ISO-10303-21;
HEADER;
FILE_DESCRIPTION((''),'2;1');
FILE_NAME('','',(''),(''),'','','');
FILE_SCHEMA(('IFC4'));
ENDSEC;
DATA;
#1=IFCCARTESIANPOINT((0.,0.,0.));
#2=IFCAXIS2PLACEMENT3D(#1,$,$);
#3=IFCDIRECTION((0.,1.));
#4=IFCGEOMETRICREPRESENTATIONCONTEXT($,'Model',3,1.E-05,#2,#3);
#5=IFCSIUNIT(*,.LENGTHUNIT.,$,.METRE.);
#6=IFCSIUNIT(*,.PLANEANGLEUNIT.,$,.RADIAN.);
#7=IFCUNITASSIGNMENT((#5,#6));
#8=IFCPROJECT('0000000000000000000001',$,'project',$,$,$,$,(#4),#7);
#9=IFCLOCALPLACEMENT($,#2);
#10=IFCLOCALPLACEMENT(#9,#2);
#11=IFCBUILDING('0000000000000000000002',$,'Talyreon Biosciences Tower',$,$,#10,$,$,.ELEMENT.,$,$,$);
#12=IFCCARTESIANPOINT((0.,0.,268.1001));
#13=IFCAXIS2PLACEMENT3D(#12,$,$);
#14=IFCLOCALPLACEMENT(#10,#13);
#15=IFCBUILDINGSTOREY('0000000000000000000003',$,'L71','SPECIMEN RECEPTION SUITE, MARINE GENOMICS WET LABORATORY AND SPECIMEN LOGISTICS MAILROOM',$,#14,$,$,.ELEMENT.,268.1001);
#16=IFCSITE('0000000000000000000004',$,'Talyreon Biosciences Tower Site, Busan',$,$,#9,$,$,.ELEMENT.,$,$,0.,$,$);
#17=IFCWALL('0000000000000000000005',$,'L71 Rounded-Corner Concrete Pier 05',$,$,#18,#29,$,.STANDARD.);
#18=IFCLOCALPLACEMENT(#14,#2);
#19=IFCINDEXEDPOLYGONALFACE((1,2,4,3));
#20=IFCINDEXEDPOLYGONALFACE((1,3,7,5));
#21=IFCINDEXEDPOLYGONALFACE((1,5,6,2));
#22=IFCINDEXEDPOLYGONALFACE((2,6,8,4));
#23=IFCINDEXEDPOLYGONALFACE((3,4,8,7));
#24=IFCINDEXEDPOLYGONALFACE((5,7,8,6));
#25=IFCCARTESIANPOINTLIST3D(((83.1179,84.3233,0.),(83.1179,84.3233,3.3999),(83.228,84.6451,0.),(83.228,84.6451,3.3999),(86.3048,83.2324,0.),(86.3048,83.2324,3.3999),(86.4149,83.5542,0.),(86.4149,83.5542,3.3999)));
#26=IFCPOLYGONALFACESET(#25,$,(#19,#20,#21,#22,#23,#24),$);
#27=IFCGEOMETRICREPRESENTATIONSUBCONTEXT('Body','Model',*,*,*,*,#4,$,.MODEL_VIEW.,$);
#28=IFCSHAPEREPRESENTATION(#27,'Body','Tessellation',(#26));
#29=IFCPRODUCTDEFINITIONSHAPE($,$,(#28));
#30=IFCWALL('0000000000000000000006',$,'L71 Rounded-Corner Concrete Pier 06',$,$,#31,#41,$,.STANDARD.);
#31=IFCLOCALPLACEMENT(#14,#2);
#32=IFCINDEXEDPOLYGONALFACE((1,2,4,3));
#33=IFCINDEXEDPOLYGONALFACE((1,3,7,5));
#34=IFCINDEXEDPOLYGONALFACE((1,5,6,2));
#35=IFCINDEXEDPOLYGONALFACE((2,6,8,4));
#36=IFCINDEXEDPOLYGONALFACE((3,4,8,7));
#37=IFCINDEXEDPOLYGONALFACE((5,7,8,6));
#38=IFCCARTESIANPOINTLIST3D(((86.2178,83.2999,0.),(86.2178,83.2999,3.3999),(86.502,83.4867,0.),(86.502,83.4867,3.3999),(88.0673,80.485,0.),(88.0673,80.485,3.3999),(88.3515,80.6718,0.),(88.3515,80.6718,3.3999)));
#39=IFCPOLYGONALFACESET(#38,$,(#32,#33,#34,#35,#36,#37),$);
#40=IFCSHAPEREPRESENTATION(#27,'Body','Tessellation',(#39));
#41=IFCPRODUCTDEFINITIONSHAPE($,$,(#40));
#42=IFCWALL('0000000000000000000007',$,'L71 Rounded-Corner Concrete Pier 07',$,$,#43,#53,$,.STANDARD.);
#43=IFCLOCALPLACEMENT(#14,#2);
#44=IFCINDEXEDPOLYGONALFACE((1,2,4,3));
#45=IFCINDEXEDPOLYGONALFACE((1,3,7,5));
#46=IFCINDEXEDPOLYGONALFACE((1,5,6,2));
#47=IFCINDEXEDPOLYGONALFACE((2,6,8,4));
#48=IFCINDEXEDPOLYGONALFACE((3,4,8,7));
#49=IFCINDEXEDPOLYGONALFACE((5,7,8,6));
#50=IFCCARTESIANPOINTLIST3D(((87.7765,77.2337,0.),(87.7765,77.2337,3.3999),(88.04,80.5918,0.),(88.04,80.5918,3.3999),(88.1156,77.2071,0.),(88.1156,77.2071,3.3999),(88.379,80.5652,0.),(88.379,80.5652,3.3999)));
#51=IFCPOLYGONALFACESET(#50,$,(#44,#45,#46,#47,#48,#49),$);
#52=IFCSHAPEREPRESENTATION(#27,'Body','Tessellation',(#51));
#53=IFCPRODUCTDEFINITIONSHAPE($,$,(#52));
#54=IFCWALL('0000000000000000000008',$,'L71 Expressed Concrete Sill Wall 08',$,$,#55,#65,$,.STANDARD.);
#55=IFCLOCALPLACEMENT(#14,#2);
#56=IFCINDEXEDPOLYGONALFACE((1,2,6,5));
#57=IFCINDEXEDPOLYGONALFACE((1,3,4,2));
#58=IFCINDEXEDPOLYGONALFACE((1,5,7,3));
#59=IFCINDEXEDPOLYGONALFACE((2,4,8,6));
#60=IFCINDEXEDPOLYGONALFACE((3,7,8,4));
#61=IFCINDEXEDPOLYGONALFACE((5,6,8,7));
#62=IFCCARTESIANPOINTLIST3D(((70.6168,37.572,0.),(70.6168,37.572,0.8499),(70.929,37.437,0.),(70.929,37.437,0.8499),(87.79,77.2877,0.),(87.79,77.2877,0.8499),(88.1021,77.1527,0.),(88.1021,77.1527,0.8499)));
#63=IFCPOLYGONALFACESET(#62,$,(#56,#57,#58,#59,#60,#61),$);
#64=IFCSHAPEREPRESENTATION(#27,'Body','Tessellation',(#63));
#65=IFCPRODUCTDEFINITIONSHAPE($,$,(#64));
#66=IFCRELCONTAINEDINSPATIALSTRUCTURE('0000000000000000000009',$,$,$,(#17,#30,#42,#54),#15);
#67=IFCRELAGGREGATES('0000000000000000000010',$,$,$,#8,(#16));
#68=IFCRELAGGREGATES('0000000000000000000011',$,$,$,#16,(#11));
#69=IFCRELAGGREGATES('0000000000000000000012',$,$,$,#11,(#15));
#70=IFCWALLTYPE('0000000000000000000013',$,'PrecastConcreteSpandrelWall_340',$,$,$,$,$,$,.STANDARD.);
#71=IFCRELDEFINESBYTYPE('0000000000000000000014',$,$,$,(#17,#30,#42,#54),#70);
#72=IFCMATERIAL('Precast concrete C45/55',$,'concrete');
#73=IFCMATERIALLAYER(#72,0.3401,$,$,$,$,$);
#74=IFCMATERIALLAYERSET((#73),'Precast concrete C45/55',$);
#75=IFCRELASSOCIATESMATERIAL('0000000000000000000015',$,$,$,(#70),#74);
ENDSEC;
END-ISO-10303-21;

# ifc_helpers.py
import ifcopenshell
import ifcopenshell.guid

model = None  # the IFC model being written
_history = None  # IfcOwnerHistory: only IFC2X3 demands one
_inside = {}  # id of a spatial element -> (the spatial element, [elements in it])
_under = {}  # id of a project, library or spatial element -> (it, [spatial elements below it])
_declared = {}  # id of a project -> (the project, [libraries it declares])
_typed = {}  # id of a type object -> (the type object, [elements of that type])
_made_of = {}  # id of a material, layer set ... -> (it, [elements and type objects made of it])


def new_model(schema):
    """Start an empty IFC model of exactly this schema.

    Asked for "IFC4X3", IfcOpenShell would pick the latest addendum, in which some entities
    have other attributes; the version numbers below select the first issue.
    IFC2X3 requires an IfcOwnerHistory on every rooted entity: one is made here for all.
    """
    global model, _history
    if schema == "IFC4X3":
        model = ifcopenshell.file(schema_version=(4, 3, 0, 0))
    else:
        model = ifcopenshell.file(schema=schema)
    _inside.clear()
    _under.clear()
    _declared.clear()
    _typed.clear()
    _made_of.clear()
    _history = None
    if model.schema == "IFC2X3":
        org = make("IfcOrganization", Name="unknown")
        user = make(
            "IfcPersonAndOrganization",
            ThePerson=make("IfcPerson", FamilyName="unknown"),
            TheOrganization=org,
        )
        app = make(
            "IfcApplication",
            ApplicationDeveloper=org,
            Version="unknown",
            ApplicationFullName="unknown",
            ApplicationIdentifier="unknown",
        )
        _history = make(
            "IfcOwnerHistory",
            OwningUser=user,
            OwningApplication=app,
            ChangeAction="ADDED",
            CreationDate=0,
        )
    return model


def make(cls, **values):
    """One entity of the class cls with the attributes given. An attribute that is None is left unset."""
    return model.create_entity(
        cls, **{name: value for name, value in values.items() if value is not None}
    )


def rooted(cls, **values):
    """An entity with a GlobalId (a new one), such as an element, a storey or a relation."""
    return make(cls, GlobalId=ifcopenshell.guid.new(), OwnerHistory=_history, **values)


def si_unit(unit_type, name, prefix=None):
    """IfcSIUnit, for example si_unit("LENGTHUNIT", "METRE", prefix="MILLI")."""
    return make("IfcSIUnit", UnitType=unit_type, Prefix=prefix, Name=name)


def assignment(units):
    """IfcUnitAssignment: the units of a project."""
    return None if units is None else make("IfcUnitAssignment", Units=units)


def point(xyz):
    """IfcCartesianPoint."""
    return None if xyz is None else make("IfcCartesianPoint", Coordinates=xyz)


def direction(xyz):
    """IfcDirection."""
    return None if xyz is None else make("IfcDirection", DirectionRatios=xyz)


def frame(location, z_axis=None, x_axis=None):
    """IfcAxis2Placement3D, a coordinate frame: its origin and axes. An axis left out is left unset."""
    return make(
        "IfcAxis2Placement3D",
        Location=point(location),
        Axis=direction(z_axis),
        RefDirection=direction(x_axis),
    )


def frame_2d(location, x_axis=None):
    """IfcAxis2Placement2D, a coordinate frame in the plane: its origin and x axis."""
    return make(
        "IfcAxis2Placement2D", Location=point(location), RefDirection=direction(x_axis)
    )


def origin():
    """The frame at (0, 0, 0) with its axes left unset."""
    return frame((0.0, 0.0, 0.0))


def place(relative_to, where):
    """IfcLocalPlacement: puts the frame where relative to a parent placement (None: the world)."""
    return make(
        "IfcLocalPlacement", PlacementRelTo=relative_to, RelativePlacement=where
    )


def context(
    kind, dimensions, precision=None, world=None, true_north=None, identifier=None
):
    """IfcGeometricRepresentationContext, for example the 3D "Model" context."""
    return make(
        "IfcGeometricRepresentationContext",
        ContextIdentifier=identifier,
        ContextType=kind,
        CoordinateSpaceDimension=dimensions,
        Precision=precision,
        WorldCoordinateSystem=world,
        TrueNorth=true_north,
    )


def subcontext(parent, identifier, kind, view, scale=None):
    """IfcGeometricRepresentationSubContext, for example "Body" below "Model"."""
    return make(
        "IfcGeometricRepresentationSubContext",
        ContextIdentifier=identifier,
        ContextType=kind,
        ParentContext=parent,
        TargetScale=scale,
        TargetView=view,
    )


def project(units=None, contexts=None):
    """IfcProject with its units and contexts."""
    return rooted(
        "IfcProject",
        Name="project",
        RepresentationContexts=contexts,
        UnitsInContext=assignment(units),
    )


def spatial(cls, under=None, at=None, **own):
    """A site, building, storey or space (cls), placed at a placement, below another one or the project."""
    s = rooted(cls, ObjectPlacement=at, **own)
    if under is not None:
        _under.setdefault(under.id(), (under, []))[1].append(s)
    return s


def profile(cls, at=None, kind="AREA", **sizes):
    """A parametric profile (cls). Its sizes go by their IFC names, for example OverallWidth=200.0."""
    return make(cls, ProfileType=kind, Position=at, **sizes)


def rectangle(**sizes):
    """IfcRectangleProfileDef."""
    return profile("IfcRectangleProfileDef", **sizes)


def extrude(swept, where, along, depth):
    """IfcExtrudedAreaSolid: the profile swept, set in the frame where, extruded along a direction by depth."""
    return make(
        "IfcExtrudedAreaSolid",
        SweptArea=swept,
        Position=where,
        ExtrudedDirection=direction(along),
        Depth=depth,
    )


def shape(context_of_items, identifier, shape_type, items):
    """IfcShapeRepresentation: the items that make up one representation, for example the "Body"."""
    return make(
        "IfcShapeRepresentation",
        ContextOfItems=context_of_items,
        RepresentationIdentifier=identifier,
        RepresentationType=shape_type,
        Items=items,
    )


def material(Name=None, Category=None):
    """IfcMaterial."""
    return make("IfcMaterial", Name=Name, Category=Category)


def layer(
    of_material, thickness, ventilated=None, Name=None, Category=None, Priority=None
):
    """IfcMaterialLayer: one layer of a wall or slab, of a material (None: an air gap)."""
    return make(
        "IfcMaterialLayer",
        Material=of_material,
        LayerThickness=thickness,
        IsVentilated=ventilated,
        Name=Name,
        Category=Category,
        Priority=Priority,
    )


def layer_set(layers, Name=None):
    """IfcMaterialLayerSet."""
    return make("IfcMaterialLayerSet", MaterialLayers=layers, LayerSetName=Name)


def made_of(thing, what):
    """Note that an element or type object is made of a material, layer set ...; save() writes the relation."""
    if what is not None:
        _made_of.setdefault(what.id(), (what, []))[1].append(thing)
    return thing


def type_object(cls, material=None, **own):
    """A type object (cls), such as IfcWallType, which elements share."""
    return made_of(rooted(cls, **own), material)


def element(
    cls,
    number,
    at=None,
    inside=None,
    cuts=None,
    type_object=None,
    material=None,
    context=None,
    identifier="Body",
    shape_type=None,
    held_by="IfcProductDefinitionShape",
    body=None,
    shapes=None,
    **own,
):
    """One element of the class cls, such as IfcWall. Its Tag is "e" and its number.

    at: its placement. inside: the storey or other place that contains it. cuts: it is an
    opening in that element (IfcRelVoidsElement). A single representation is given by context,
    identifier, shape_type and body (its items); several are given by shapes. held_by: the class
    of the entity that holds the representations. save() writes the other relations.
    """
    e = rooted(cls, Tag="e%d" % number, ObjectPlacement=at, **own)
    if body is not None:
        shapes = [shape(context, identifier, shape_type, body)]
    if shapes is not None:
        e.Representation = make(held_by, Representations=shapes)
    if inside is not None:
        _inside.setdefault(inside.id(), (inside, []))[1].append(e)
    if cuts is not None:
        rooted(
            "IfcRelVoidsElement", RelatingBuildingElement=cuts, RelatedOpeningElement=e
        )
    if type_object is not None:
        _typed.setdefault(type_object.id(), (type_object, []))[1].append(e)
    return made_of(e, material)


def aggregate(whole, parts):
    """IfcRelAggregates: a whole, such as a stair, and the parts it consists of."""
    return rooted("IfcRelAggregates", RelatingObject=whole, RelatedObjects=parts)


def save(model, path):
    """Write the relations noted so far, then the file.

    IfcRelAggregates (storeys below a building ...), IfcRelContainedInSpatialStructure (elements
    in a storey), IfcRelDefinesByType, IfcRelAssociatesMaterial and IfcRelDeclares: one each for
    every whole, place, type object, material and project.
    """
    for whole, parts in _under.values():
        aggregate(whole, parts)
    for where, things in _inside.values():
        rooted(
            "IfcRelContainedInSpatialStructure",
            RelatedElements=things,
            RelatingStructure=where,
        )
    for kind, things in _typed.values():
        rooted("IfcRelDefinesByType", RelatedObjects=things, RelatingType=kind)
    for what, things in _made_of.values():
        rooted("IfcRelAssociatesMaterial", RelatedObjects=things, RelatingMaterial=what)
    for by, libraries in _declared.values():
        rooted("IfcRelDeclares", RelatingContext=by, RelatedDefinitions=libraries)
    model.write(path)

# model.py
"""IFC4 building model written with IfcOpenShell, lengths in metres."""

from ifc_helpers import new_model, si_unit, direction, frame, frame_2d, origin, place, context, subcontext, project, spatial, rectangle, extrude, material, layer, layer_set, type_object, element, save


model = new_model("IFC4")

# Units and contexts
model_context = context("Model", 3, precision=1e-05, world=origin(), true_north=direction((0.0, 1.0)))
body_context = subcontext(model_context, "Body", "Model", "MODEL_VIEW")
ifc_project = project(units=[si_unit("LENGTHUNIT", "METRE"), si_unit("PLANEANGLEUNIT", "RADIAN")], contexts=[model_context])

# Site, building, storey
site_placement = place(None, origin())
site = spatial("IfcSite", under=ifc_project, at=site_placement, Name="Talyreon Biosciences Tower Site, Busan", CompositionType="ELEMENT", RefElevation=0.0)
building_placement = place(site_placement, origin())
building = spatial("IfcBuilding", under=site, at=building_placement, Name="Talyreon Biosciences Tower", CompositionType="ELEMENT")
storey_placement = place(building_placement, frame((0.0, 0.0, 268.1001)))
storey = spatial("IfcBuildingStorey", under=building, at=storey_placement, Name="L71", Description="SPECIMEN RECEPTION SUITE, MARINE GENOMICS WET LABORATORY AND SPECIMEN LOGISTICS MAILROOM", CompositionType="ELEMENT", Elevation=268.1001)

# Shared definitions
ifc_material_1 = material(Name="Precast concrete C45/55", Category="concrete")

# Walls
ifc_layer_1 = layer(ifc_material_1, 0.3401)
ifc_layer_set_1 = layer_set([ifc_layer_1], Name="Precast concrete C45/55")
wall_type_1 = type_object("IfcWallType", Name="PrecastConcreteSpandrelWall_340", PredefinedType="STANDARD", material=ifc_layer_set_1)
wall_1_placement = place(storey_placement, frame((83.1731, 84.4841, 0.0), z_axis=(0.0, 0.0, 1.0), x_axis=(0.946108, -0.32385, 0.0)))
element("IfcWall", 1, at=wall_1_placement, inside=storey, type_object=wall_type_1, Name="L71 Rounded-Corner Concrete Pier 05", PredefinedType="STANDARD", context=body_context, shape_type="SweptSolid", body=[
    extrude(rectangle(XDim=3.3684, YDim=0.3401, at=frame_2d((1.6841, 0.0))), origin(), (0.0, 0.0, 1.0), 3.3999),
])
wall_2_placement = place(storey_placement, frame((86.3599, 83.3933, 0.0), z_axis=(0.0, 0.0, 1.0), x_axis=(0.549134, -0.835734, 0.0)))
element("IfcWall", 2, at=wall_2_placement, inside=storey, type_object=wall_type_1, Name="L71 Rounded-Corner Concrete Pier 06", PredefinedType="STANDARD", context=body_context, shape_type="SweptSolid", body=[
    extrude(rectangle(XDim=3.3682, YDim=0.3401, at=frame_2d((1.6841, 0.0))), origin(), (0.0, 0.0, 1.0), 3.3999),
])
wall_3_placement = place(storey_placement, frame((88.2095, 80.5784, 0.0), z_axis=(0.0, 0.0, 1.0), x_axis=(-0.078204, -0.996937, 0.0)))
element("IfcWall", 3, at=wall_3_placement, inside=storey, type_object=wall_type_1, Name="L71 Rounded-Corner Concrete Pier 07", PredefinedType="STANDARD", context=body_context, shape_type="SweptSolid", body=[
    extrude(rectangle(XDim=3.3684, YDim=0.3401, at=frame_2d((1.6841, 0.0))), origin(), (0.0, 0.0, 1.0), 3.3999),
])
wall_4_placement = place(storey_placement, frame((87.946, 77.2202, 0.0), z_axis=(0.0, 0.0, 1.0), x_axis=(-0.396888, -0.917867, 0.0)))
element("IfcWall", 4, at=wall_4_placement, inside=storey, type_object=wall_type_1, Name="L71 Expressed Concrete Sill Wall 08", PredefinedType="STANDARD", context=body_context, shape_type="SweptSolid", body=[
    extrude(rectangle(XDim=43.2695, YDim=0.3401, at=frame_2d((21.6348, 0.0))), origin(), (0.0, 0.0, 1.0), 0.8499),
])

save(model, "model.ifc")
